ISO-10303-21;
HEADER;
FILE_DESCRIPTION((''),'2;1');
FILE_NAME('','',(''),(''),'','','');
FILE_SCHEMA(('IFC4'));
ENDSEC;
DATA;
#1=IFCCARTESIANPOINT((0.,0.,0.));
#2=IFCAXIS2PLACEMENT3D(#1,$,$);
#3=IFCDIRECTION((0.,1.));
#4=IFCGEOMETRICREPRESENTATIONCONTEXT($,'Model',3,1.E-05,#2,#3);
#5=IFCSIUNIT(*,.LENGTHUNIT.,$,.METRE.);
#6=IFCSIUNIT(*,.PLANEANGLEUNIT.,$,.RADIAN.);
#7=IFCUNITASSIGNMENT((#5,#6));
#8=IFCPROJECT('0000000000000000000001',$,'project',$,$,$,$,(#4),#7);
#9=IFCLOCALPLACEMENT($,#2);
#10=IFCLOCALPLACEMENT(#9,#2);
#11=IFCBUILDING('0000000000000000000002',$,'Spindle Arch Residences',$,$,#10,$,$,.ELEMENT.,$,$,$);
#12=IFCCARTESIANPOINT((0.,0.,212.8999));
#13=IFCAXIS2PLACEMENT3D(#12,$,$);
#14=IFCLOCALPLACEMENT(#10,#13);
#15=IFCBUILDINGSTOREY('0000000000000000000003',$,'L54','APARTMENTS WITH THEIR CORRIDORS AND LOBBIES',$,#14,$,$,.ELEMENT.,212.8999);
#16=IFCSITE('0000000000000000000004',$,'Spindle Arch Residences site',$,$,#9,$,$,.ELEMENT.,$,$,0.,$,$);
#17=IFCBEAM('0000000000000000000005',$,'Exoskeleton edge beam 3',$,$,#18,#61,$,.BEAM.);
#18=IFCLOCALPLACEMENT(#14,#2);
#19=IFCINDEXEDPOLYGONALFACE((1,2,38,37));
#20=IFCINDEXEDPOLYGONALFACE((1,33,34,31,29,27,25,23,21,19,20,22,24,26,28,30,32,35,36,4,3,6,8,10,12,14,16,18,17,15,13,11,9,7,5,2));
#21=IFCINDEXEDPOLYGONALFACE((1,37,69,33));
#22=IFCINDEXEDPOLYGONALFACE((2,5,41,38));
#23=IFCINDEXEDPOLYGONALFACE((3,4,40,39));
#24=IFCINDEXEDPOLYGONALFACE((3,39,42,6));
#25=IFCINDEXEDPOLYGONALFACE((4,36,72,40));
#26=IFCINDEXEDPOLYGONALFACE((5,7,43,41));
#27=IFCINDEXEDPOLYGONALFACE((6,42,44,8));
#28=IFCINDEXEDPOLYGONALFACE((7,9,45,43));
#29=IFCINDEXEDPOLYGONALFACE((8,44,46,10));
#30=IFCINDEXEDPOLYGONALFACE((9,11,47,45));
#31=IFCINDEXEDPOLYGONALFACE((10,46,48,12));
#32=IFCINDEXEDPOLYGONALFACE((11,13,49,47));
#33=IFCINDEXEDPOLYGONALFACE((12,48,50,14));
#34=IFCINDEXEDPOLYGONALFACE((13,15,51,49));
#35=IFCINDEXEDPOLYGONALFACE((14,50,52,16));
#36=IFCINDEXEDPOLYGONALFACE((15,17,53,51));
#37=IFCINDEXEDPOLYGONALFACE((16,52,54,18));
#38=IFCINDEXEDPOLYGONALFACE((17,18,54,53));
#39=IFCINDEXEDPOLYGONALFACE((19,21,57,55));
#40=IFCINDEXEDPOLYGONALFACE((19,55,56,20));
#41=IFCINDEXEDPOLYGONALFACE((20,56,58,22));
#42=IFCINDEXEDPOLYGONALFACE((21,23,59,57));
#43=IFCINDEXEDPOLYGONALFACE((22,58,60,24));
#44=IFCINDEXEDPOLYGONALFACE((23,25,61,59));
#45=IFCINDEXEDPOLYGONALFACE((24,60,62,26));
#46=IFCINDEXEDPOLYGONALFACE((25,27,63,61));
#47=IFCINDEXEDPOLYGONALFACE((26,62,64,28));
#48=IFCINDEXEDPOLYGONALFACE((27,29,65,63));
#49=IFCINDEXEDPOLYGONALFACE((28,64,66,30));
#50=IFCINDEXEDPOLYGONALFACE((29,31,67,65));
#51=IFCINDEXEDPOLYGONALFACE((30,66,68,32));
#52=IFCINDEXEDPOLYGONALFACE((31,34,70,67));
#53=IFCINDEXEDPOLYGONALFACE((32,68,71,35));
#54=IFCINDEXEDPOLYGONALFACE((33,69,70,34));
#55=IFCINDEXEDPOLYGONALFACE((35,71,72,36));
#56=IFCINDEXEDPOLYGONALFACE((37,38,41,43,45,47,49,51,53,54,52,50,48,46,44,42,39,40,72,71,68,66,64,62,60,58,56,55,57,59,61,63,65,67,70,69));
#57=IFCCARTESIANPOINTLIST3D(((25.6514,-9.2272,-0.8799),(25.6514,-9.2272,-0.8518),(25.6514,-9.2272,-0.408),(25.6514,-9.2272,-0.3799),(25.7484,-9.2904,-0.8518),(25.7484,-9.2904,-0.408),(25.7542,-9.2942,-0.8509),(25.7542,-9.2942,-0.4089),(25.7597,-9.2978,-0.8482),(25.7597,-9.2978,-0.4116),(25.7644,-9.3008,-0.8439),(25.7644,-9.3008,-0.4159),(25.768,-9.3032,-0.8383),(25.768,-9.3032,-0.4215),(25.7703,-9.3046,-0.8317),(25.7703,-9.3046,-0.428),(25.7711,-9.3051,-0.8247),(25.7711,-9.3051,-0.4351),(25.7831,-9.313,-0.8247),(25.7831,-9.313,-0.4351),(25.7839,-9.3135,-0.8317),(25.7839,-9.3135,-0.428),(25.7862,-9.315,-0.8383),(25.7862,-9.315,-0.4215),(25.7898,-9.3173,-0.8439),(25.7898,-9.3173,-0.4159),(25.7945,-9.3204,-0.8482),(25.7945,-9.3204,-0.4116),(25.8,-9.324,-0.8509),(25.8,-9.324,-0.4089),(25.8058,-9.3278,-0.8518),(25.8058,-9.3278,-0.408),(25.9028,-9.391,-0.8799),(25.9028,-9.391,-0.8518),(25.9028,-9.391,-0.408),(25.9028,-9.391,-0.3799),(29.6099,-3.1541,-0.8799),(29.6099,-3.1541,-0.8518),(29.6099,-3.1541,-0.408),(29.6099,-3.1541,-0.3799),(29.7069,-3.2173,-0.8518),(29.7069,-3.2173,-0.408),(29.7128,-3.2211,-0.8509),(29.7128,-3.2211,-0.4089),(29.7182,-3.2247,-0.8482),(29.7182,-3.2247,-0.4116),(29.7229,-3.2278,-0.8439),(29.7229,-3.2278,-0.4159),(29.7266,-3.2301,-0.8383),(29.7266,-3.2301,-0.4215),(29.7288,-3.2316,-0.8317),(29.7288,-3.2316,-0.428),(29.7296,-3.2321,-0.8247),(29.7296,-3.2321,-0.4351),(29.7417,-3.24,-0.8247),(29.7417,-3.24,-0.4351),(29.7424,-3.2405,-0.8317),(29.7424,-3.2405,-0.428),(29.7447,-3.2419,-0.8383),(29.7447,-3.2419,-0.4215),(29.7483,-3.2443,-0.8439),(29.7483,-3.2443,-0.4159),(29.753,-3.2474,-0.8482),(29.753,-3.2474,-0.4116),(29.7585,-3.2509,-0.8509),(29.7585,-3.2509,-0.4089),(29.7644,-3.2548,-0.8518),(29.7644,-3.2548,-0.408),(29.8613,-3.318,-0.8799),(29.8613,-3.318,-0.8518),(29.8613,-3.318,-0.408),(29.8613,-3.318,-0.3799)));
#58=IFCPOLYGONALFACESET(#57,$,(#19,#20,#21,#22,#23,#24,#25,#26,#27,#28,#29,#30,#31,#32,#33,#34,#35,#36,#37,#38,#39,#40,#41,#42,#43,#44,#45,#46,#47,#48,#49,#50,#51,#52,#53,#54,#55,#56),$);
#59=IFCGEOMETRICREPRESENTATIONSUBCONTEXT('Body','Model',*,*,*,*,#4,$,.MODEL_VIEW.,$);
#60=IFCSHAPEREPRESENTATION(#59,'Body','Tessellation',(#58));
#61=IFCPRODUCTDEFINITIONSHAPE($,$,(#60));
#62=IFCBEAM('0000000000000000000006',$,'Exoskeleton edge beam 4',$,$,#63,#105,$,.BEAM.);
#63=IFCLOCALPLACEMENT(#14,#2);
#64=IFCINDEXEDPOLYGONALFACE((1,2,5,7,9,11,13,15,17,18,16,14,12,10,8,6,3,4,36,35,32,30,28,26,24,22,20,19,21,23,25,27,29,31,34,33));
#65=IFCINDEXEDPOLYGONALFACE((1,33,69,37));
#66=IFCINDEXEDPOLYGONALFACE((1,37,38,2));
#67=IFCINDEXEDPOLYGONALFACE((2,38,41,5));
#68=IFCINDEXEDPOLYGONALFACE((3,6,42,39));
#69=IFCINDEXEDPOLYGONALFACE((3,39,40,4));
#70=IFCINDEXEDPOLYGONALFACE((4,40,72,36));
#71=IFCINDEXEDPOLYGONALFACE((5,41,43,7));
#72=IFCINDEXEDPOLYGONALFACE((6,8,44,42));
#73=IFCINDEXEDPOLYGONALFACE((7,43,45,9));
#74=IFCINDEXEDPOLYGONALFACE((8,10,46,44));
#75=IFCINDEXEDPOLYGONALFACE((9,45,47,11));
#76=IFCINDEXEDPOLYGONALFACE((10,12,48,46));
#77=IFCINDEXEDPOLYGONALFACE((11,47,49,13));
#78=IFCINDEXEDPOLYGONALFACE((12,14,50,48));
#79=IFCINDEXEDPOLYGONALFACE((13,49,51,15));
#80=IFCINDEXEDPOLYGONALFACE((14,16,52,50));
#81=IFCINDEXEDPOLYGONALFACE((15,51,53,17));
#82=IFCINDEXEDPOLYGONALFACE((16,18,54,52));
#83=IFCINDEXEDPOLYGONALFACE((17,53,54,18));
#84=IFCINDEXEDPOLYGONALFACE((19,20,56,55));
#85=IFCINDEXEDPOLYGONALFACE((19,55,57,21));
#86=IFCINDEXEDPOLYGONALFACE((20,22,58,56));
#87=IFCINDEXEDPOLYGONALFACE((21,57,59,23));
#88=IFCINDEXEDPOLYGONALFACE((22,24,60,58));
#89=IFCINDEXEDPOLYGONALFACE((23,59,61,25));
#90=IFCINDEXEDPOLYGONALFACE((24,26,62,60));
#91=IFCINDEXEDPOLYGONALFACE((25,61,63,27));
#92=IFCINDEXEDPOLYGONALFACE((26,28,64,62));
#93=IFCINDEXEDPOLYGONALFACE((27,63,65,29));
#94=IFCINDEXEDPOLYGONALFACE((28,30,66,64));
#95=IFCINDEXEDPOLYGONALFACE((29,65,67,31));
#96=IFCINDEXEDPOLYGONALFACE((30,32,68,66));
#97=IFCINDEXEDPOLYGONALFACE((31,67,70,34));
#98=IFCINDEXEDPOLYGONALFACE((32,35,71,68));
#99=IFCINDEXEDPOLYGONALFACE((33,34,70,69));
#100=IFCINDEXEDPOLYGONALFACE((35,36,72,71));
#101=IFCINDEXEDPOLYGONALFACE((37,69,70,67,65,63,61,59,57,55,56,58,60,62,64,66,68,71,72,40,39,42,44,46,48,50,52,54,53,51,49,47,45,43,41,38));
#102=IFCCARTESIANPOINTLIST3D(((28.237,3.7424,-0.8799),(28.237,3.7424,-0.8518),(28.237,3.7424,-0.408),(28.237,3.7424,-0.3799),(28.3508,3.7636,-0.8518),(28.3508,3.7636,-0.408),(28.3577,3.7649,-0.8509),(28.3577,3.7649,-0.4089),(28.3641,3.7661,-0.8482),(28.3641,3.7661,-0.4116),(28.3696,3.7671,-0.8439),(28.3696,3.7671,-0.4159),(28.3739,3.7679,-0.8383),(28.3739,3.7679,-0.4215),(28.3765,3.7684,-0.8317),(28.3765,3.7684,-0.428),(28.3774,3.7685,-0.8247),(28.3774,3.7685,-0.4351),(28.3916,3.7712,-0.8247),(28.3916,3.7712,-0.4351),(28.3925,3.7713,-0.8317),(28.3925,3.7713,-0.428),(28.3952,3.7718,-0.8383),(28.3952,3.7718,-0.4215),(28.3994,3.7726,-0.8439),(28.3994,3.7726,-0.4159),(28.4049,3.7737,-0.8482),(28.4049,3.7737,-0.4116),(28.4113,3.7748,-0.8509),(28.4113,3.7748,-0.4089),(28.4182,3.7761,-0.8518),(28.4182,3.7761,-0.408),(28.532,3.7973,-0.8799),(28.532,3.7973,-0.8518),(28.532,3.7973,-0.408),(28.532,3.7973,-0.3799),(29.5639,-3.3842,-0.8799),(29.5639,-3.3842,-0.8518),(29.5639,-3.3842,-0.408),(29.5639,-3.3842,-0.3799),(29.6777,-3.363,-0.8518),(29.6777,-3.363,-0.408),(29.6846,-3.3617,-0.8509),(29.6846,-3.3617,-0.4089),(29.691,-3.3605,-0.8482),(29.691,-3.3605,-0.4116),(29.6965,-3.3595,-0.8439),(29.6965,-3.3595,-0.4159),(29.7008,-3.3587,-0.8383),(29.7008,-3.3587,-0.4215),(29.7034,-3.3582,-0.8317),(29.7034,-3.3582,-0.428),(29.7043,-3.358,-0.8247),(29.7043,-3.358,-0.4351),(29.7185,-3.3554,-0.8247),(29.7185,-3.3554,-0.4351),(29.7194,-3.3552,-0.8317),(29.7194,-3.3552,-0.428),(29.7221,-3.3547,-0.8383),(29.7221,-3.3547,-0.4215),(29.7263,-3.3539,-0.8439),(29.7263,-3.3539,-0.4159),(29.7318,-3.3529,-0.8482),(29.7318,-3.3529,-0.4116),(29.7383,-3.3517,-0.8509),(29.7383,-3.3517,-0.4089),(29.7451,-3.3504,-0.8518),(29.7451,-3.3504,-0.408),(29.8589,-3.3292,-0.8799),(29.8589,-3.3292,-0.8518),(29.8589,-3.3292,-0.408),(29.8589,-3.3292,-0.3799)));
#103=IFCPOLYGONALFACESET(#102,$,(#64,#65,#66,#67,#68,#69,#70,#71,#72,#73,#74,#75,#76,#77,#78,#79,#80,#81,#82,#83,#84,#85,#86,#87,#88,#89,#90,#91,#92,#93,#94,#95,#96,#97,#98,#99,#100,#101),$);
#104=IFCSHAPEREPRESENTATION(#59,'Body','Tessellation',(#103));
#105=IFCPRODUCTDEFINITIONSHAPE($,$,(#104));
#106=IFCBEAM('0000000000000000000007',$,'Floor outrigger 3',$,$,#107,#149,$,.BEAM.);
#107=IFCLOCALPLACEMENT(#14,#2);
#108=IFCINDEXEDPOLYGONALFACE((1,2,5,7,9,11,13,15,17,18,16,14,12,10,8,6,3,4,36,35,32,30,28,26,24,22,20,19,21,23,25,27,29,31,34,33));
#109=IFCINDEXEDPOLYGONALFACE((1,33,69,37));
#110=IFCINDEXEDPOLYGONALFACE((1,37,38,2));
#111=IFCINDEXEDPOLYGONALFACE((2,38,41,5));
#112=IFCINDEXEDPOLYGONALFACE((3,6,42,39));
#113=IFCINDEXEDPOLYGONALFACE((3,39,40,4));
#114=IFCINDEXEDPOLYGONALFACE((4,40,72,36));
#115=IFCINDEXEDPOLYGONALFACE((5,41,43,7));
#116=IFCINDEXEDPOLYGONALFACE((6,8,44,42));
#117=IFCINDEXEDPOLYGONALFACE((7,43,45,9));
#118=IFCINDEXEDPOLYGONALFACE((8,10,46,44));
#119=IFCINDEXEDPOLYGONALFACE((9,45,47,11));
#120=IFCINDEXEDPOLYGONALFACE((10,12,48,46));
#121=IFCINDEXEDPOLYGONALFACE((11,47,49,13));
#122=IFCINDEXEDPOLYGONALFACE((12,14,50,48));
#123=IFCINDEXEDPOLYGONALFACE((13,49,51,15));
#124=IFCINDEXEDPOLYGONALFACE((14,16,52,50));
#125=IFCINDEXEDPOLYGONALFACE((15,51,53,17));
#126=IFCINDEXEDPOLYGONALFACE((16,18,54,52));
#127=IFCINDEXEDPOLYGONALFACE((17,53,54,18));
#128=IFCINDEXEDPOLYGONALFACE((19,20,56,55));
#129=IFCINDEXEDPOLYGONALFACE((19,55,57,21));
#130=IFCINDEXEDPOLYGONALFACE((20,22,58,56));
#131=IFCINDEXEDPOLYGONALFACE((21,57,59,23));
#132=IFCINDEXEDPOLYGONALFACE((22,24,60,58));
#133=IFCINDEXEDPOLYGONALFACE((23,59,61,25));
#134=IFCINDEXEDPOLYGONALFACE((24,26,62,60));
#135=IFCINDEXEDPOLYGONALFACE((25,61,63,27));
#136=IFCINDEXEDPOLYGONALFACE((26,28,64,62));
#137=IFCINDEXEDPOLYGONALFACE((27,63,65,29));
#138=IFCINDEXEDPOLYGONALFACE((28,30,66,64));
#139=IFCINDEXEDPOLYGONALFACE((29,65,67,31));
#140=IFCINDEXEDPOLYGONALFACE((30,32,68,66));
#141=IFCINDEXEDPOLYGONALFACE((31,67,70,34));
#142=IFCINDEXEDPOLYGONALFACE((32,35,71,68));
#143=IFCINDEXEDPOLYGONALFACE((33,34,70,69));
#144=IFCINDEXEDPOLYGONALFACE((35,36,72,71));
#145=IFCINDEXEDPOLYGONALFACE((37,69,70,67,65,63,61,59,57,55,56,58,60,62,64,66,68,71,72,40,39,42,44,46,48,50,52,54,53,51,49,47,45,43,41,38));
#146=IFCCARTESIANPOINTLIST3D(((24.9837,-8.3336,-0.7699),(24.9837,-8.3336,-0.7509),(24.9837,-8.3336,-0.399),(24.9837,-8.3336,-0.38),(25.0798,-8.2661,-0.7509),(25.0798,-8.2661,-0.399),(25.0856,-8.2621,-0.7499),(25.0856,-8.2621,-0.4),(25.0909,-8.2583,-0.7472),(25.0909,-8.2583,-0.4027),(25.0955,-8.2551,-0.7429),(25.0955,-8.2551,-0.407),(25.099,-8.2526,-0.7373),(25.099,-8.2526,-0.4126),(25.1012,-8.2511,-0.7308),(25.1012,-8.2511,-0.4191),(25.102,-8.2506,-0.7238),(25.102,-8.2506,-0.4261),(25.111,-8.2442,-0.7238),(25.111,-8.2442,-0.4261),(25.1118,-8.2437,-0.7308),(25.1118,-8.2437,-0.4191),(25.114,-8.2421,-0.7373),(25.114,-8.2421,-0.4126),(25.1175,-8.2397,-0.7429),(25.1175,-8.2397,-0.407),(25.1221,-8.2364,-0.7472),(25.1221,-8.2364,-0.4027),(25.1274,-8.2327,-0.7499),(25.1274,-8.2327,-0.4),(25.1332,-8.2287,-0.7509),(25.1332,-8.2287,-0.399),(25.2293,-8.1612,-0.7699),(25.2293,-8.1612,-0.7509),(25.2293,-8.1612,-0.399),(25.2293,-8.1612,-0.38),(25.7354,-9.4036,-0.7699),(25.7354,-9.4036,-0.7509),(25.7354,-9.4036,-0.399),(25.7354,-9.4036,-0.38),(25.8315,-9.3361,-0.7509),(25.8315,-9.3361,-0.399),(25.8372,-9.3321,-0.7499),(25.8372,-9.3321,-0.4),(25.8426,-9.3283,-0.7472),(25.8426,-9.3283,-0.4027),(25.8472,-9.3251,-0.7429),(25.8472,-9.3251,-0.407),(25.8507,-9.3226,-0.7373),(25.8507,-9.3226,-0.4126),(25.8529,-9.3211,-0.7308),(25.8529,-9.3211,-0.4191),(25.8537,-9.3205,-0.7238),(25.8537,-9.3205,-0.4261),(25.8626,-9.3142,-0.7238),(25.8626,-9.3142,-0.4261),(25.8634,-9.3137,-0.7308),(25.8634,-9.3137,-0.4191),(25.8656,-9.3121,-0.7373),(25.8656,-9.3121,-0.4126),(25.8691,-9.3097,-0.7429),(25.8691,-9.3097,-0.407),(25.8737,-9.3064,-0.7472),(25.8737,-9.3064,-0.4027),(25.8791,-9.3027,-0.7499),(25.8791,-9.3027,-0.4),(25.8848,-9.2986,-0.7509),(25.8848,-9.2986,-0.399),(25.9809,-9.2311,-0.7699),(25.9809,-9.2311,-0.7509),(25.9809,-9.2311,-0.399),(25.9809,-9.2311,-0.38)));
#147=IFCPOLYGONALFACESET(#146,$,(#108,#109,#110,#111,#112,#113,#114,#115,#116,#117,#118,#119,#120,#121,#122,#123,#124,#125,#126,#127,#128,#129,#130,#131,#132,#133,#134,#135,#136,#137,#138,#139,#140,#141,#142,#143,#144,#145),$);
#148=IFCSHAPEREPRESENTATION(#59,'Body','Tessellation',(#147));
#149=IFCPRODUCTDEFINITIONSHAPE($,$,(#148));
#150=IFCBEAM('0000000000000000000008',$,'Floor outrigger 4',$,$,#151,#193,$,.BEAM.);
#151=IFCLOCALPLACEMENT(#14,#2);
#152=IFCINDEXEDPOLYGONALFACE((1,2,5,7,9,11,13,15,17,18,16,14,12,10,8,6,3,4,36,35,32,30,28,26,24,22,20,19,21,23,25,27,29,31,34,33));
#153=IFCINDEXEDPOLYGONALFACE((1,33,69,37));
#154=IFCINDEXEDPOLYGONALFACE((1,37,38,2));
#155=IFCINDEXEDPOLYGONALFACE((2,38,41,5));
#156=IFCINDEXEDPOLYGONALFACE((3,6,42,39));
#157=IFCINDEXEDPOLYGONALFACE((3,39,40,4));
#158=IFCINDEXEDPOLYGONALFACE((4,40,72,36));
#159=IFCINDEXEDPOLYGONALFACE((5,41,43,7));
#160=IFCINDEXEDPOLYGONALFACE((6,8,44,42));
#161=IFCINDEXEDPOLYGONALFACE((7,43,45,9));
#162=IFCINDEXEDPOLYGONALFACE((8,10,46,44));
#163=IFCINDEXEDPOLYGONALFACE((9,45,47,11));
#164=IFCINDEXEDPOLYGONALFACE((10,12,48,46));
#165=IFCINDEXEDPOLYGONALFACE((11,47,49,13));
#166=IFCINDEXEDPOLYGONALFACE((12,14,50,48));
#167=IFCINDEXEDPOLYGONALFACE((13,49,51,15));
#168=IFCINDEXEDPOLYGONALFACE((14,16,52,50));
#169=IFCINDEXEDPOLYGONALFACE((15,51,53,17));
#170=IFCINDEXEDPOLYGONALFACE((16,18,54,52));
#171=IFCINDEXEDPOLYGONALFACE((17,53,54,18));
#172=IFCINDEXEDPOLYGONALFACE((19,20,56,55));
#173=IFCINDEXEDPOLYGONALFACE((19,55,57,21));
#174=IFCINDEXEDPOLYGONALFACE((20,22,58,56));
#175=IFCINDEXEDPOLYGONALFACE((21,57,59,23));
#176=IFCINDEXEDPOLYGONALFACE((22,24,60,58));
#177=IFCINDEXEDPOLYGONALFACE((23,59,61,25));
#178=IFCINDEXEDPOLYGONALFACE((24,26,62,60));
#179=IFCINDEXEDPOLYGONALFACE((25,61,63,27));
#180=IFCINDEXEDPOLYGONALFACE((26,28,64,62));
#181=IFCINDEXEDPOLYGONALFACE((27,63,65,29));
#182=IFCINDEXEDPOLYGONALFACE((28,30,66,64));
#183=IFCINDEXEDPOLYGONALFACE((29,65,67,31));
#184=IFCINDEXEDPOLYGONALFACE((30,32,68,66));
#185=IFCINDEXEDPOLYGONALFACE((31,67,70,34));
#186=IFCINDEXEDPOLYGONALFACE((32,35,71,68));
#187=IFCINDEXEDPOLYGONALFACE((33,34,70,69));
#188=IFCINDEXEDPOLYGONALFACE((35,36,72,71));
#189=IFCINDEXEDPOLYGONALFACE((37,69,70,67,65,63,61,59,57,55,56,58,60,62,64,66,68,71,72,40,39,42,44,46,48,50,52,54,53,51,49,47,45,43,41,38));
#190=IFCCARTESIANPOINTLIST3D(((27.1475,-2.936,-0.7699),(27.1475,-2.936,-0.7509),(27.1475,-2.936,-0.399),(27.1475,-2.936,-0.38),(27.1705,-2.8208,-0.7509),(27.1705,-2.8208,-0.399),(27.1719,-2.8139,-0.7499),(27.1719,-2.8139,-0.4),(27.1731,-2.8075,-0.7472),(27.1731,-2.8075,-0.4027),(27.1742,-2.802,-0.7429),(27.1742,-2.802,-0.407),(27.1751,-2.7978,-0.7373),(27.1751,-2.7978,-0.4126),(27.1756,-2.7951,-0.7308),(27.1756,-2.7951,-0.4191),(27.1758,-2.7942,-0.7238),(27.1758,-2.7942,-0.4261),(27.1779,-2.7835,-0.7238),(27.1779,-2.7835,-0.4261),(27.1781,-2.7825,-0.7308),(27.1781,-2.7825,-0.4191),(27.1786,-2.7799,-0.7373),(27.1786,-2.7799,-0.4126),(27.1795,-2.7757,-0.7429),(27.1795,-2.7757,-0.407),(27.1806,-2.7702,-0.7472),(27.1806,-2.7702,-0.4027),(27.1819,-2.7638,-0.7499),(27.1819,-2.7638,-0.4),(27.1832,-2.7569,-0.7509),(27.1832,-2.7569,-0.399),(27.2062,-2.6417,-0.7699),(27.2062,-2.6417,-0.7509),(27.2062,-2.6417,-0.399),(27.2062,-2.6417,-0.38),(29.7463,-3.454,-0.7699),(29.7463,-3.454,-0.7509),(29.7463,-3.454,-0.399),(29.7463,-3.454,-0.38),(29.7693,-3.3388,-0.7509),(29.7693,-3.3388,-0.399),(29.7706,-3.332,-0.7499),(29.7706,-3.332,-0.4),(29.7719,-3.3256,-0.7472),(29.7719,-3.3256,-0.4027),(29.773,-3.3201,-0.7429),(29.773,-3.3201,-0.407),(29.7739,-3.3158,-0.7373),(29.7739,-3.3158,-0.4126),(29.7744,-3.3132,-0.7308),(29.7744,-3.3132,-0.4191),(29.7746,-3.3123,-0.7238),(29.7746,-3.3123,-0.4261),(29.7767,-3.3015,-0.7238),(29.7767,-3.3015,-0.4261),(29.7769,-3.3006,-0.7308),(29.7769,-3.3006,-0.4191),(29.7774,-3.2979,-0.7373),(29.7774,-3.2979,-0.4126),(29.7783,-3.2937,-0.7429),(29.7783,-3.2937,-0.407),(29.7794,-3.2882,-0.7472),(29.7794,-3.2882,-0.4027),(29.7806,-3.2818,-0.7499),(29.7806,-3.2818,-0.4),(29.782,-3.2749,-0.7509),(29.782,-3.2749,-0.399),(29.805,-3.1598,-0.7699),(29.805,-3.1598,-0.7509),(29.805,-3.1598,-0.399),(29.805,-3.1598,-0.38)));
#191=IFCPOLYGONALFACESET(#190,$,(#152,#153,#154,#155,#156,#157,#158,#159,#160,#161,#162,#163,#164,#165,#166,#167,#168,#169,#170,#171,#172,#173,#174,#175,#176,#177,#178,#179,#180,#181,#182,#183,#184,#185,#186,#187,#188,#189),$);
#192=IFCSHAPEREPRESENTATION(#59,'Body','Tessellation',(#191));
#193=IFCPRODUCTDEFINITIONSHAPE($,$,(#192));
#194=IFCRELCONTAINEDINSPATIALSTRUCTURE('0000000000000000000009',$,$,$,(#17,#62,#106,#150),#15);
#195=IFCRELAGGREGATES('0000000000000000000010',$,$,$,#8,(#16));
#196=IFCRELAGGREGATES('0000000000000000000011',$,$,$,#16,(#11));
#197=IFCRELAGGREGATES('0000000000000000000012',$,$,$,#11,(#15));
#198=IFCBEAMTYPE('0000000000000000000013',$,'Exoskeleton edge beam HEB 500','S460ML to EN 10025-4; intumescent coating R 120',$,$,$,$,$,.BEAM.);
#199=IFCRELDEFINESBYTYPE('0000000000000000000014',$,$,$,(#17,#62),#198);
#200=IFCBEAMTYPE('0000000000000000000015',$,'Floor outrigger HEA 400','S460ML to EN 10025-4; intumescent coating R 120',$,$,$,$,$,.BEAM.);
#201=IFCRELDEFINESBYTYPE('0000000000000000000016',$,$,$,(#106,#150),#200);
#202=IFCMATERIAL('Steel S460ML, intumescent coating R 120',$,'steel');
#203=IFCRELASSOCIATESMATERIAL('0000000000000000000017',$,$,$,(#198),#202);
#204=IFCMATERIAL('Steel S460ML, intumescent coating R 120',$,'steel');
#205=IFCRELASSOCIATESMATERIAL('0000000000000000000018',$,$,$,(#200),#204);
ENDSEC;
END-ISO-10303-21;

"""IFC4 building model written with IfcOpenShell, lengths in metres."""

from ifc_helpers import new_model, si_unit, direction, frame, origin, origin_2d, place, context, subcontext, project, spatial, i_section, extrude, material, material_profile, profile_set, type_object, element, save


model = new_model("IFC4")

# Units and contexts
model_context = context("Model", 3, precision=1e-05, world=origin(), true_north=direction((0.0, 1.0)))
body_context = subcontext(model_context, "Body", "Model", "MODEL_VIEW")
ifc_project = project(units=[si_unit("LENGTHUNIT", "METRE"), si_unit("PLANEANGLEUNIT", "RADIAN")], contexts=[model_context])

# Site, building, storey
site_placement = place(None, origin())
site = spatial("IfcSite", under=ifc_project, at=site_placement, Name="Spindle Arch Residences site", CompositionType="ELEMENT", RefElevation=0.0)
building_placement = place(site_placement, origin())
building = spatial("IfcBuilding", under=site, at=building_placement, Name="Spindle Arch Residences", CompositionType="ELEMENT")
storey_placement = place(building_placement, frame((0.0, 0.0, 212.8999)))
storey = spatial("IfcBuildingStorey", under=building, at=storey_placement, Name="L54", Description="APARTMENTS WITH THEIR CORRIDORS AND LOBBIES", CompositionType="ELEMENT", Elevation=212.8999)

# Beams
ifc_material_1 = material(Name="Steel S460ML, intumescent coating R 120", Category="steel")
ifc_material_profile_1 = material_profile(ifc_material_1, i_section(OverallWidth=0.3, OverallDepth=0.5, WebThickness=0.0144, FlangeThickness=0.0281, FilletRadius=0.0271, at=origin_2d()), Name="HEB 500")
ifc_profile_set_1 = profile_set([ifc_material_profile_1], Name="Steel S460ML, intumescent coating R 120")
beam_type_1 = type_object("IfcBeamType", Name="Exoskeleton edge beam HEB 500", Description="S460ML to EN 10025-4; intumescent coating R 120", PredefinedType="BEAM", material=ifc_profile_set_1)
beam_1_placement = place(storey_placement, frame((25.7771, -9.3091, -0.6299), z_axis=(0.546059, 0.837747, 0.0), x_axis=(-0.837747, 0.546059, 0.0)))
element("IfcBeam", 1, at=beam_1_placement, inside=storey, type_object=beam_type_1, Name="Exoskeleton edge beam 3", PredefinedType="BEAM", context=body_context, shape_type="SweptSolid", body=[
    extrude(i_section(OverallWidth=0.3, OverallDepth=0.5, WebThickness=0.0144, FlangeThickness=0.0281, FilletRadius=0.0271, at=origin_2d()), origin(), (0.0, 0.0, 1.0), 7.2493),
])
beam_2_placement = place(storey_placement, frame((29.7114, -3.3567, -0.6299), z_axis=(-0.183048, 0.983104, 0.0), x_axis=(-0.983104, -0.183048, 0.0)))
element("IfcBeam", 2, at=beam_2_placement, inside=storey, type_object=beam_type_1, Name="Exoskeleton edge beam 4", PredefinedType="BEAM", context=body_context, shape_type="SweptSolid", body=[
    extrude(i_section(OverallWidth=0.3, OverallDepth=0.5, WebThickness=0.0144, FlangeThickness=0.0281, FilletRadius=0.0271, at=origin_2d()), origin(), (0.0, 0.0, 1.0), 7.249),
])
ifc_material_2 = material(Name="Steel S460ML, intumescent coating R 120", Category="steel")
ifc_material_profile_2 = material_profile(ifc_material_2, i_section(OverallWidth=0.3, OverallDepth=0.3899, WebThickness=0.011, FlangeThickness=0.019, FilletRadius=0.0271, at=origin_2d()), Name="HEA 400")
ifc_profile_set_2 = profile_set([ifc_material_profile_2], Name="Steel S460ML, intumescent coating R 120")
beam_type_2 = type_object("IfcBeamType", Name="Floor outrigger HEA 400", Description="S460ML to EN 10025-4; intumescent coating R 120", PredefinedType="BEAM", material=ifc_profile_set_2)
beam_3_placement = place(storey_placement, frame((25.8582, -9.3174, -0.575), z_axis=(-0.574827, 0.818275, 0.0), x_axis=(-0.818275, -0.574827, 0.0)))
element("IfcBeam", 3, at=beam_3_placement, inside=storey, type_object=beam_type_2, Name="Floor outrigger 3", PredefinedType="BEAM", context=body_context, shape_type="SweptSolid", body=[
    extrude(i_section(OverallWidth=0.3, OverallDepth=0.3899, WebThickness=0.011, FlangeThickness=0.019, FilletRadius=0.0271, at=origin_2d()), origin(), (0.0, 0.0, 1.0), 1.3076),
])
beam_4_placement = place(storey_placement, frame((29.7756, -3.3069, -0.575), z_axis=(-0.980704, 0.195496, 0.0), x_axis=(-0.195496, -0.980704, 0.0)))
element("IfcBeam", 4, at=beam_4_placement, inside=storey, type_object=beam_type_2, Name="Floor outrigger 4", PredefinedType="BEAM", context=body_context, shape_type="SweptSolid", body=[
    extrude(i_section(OverallWidth=0.3, OverallDepth=0.3899, WebThickness=0.011, FlangeThickness=0.019, FilletRadius=0.0271, at=origin_2d()), origin(), (0.0, 0.0, 1.0), 2.6499),
])

save(model, "model.ifc")
